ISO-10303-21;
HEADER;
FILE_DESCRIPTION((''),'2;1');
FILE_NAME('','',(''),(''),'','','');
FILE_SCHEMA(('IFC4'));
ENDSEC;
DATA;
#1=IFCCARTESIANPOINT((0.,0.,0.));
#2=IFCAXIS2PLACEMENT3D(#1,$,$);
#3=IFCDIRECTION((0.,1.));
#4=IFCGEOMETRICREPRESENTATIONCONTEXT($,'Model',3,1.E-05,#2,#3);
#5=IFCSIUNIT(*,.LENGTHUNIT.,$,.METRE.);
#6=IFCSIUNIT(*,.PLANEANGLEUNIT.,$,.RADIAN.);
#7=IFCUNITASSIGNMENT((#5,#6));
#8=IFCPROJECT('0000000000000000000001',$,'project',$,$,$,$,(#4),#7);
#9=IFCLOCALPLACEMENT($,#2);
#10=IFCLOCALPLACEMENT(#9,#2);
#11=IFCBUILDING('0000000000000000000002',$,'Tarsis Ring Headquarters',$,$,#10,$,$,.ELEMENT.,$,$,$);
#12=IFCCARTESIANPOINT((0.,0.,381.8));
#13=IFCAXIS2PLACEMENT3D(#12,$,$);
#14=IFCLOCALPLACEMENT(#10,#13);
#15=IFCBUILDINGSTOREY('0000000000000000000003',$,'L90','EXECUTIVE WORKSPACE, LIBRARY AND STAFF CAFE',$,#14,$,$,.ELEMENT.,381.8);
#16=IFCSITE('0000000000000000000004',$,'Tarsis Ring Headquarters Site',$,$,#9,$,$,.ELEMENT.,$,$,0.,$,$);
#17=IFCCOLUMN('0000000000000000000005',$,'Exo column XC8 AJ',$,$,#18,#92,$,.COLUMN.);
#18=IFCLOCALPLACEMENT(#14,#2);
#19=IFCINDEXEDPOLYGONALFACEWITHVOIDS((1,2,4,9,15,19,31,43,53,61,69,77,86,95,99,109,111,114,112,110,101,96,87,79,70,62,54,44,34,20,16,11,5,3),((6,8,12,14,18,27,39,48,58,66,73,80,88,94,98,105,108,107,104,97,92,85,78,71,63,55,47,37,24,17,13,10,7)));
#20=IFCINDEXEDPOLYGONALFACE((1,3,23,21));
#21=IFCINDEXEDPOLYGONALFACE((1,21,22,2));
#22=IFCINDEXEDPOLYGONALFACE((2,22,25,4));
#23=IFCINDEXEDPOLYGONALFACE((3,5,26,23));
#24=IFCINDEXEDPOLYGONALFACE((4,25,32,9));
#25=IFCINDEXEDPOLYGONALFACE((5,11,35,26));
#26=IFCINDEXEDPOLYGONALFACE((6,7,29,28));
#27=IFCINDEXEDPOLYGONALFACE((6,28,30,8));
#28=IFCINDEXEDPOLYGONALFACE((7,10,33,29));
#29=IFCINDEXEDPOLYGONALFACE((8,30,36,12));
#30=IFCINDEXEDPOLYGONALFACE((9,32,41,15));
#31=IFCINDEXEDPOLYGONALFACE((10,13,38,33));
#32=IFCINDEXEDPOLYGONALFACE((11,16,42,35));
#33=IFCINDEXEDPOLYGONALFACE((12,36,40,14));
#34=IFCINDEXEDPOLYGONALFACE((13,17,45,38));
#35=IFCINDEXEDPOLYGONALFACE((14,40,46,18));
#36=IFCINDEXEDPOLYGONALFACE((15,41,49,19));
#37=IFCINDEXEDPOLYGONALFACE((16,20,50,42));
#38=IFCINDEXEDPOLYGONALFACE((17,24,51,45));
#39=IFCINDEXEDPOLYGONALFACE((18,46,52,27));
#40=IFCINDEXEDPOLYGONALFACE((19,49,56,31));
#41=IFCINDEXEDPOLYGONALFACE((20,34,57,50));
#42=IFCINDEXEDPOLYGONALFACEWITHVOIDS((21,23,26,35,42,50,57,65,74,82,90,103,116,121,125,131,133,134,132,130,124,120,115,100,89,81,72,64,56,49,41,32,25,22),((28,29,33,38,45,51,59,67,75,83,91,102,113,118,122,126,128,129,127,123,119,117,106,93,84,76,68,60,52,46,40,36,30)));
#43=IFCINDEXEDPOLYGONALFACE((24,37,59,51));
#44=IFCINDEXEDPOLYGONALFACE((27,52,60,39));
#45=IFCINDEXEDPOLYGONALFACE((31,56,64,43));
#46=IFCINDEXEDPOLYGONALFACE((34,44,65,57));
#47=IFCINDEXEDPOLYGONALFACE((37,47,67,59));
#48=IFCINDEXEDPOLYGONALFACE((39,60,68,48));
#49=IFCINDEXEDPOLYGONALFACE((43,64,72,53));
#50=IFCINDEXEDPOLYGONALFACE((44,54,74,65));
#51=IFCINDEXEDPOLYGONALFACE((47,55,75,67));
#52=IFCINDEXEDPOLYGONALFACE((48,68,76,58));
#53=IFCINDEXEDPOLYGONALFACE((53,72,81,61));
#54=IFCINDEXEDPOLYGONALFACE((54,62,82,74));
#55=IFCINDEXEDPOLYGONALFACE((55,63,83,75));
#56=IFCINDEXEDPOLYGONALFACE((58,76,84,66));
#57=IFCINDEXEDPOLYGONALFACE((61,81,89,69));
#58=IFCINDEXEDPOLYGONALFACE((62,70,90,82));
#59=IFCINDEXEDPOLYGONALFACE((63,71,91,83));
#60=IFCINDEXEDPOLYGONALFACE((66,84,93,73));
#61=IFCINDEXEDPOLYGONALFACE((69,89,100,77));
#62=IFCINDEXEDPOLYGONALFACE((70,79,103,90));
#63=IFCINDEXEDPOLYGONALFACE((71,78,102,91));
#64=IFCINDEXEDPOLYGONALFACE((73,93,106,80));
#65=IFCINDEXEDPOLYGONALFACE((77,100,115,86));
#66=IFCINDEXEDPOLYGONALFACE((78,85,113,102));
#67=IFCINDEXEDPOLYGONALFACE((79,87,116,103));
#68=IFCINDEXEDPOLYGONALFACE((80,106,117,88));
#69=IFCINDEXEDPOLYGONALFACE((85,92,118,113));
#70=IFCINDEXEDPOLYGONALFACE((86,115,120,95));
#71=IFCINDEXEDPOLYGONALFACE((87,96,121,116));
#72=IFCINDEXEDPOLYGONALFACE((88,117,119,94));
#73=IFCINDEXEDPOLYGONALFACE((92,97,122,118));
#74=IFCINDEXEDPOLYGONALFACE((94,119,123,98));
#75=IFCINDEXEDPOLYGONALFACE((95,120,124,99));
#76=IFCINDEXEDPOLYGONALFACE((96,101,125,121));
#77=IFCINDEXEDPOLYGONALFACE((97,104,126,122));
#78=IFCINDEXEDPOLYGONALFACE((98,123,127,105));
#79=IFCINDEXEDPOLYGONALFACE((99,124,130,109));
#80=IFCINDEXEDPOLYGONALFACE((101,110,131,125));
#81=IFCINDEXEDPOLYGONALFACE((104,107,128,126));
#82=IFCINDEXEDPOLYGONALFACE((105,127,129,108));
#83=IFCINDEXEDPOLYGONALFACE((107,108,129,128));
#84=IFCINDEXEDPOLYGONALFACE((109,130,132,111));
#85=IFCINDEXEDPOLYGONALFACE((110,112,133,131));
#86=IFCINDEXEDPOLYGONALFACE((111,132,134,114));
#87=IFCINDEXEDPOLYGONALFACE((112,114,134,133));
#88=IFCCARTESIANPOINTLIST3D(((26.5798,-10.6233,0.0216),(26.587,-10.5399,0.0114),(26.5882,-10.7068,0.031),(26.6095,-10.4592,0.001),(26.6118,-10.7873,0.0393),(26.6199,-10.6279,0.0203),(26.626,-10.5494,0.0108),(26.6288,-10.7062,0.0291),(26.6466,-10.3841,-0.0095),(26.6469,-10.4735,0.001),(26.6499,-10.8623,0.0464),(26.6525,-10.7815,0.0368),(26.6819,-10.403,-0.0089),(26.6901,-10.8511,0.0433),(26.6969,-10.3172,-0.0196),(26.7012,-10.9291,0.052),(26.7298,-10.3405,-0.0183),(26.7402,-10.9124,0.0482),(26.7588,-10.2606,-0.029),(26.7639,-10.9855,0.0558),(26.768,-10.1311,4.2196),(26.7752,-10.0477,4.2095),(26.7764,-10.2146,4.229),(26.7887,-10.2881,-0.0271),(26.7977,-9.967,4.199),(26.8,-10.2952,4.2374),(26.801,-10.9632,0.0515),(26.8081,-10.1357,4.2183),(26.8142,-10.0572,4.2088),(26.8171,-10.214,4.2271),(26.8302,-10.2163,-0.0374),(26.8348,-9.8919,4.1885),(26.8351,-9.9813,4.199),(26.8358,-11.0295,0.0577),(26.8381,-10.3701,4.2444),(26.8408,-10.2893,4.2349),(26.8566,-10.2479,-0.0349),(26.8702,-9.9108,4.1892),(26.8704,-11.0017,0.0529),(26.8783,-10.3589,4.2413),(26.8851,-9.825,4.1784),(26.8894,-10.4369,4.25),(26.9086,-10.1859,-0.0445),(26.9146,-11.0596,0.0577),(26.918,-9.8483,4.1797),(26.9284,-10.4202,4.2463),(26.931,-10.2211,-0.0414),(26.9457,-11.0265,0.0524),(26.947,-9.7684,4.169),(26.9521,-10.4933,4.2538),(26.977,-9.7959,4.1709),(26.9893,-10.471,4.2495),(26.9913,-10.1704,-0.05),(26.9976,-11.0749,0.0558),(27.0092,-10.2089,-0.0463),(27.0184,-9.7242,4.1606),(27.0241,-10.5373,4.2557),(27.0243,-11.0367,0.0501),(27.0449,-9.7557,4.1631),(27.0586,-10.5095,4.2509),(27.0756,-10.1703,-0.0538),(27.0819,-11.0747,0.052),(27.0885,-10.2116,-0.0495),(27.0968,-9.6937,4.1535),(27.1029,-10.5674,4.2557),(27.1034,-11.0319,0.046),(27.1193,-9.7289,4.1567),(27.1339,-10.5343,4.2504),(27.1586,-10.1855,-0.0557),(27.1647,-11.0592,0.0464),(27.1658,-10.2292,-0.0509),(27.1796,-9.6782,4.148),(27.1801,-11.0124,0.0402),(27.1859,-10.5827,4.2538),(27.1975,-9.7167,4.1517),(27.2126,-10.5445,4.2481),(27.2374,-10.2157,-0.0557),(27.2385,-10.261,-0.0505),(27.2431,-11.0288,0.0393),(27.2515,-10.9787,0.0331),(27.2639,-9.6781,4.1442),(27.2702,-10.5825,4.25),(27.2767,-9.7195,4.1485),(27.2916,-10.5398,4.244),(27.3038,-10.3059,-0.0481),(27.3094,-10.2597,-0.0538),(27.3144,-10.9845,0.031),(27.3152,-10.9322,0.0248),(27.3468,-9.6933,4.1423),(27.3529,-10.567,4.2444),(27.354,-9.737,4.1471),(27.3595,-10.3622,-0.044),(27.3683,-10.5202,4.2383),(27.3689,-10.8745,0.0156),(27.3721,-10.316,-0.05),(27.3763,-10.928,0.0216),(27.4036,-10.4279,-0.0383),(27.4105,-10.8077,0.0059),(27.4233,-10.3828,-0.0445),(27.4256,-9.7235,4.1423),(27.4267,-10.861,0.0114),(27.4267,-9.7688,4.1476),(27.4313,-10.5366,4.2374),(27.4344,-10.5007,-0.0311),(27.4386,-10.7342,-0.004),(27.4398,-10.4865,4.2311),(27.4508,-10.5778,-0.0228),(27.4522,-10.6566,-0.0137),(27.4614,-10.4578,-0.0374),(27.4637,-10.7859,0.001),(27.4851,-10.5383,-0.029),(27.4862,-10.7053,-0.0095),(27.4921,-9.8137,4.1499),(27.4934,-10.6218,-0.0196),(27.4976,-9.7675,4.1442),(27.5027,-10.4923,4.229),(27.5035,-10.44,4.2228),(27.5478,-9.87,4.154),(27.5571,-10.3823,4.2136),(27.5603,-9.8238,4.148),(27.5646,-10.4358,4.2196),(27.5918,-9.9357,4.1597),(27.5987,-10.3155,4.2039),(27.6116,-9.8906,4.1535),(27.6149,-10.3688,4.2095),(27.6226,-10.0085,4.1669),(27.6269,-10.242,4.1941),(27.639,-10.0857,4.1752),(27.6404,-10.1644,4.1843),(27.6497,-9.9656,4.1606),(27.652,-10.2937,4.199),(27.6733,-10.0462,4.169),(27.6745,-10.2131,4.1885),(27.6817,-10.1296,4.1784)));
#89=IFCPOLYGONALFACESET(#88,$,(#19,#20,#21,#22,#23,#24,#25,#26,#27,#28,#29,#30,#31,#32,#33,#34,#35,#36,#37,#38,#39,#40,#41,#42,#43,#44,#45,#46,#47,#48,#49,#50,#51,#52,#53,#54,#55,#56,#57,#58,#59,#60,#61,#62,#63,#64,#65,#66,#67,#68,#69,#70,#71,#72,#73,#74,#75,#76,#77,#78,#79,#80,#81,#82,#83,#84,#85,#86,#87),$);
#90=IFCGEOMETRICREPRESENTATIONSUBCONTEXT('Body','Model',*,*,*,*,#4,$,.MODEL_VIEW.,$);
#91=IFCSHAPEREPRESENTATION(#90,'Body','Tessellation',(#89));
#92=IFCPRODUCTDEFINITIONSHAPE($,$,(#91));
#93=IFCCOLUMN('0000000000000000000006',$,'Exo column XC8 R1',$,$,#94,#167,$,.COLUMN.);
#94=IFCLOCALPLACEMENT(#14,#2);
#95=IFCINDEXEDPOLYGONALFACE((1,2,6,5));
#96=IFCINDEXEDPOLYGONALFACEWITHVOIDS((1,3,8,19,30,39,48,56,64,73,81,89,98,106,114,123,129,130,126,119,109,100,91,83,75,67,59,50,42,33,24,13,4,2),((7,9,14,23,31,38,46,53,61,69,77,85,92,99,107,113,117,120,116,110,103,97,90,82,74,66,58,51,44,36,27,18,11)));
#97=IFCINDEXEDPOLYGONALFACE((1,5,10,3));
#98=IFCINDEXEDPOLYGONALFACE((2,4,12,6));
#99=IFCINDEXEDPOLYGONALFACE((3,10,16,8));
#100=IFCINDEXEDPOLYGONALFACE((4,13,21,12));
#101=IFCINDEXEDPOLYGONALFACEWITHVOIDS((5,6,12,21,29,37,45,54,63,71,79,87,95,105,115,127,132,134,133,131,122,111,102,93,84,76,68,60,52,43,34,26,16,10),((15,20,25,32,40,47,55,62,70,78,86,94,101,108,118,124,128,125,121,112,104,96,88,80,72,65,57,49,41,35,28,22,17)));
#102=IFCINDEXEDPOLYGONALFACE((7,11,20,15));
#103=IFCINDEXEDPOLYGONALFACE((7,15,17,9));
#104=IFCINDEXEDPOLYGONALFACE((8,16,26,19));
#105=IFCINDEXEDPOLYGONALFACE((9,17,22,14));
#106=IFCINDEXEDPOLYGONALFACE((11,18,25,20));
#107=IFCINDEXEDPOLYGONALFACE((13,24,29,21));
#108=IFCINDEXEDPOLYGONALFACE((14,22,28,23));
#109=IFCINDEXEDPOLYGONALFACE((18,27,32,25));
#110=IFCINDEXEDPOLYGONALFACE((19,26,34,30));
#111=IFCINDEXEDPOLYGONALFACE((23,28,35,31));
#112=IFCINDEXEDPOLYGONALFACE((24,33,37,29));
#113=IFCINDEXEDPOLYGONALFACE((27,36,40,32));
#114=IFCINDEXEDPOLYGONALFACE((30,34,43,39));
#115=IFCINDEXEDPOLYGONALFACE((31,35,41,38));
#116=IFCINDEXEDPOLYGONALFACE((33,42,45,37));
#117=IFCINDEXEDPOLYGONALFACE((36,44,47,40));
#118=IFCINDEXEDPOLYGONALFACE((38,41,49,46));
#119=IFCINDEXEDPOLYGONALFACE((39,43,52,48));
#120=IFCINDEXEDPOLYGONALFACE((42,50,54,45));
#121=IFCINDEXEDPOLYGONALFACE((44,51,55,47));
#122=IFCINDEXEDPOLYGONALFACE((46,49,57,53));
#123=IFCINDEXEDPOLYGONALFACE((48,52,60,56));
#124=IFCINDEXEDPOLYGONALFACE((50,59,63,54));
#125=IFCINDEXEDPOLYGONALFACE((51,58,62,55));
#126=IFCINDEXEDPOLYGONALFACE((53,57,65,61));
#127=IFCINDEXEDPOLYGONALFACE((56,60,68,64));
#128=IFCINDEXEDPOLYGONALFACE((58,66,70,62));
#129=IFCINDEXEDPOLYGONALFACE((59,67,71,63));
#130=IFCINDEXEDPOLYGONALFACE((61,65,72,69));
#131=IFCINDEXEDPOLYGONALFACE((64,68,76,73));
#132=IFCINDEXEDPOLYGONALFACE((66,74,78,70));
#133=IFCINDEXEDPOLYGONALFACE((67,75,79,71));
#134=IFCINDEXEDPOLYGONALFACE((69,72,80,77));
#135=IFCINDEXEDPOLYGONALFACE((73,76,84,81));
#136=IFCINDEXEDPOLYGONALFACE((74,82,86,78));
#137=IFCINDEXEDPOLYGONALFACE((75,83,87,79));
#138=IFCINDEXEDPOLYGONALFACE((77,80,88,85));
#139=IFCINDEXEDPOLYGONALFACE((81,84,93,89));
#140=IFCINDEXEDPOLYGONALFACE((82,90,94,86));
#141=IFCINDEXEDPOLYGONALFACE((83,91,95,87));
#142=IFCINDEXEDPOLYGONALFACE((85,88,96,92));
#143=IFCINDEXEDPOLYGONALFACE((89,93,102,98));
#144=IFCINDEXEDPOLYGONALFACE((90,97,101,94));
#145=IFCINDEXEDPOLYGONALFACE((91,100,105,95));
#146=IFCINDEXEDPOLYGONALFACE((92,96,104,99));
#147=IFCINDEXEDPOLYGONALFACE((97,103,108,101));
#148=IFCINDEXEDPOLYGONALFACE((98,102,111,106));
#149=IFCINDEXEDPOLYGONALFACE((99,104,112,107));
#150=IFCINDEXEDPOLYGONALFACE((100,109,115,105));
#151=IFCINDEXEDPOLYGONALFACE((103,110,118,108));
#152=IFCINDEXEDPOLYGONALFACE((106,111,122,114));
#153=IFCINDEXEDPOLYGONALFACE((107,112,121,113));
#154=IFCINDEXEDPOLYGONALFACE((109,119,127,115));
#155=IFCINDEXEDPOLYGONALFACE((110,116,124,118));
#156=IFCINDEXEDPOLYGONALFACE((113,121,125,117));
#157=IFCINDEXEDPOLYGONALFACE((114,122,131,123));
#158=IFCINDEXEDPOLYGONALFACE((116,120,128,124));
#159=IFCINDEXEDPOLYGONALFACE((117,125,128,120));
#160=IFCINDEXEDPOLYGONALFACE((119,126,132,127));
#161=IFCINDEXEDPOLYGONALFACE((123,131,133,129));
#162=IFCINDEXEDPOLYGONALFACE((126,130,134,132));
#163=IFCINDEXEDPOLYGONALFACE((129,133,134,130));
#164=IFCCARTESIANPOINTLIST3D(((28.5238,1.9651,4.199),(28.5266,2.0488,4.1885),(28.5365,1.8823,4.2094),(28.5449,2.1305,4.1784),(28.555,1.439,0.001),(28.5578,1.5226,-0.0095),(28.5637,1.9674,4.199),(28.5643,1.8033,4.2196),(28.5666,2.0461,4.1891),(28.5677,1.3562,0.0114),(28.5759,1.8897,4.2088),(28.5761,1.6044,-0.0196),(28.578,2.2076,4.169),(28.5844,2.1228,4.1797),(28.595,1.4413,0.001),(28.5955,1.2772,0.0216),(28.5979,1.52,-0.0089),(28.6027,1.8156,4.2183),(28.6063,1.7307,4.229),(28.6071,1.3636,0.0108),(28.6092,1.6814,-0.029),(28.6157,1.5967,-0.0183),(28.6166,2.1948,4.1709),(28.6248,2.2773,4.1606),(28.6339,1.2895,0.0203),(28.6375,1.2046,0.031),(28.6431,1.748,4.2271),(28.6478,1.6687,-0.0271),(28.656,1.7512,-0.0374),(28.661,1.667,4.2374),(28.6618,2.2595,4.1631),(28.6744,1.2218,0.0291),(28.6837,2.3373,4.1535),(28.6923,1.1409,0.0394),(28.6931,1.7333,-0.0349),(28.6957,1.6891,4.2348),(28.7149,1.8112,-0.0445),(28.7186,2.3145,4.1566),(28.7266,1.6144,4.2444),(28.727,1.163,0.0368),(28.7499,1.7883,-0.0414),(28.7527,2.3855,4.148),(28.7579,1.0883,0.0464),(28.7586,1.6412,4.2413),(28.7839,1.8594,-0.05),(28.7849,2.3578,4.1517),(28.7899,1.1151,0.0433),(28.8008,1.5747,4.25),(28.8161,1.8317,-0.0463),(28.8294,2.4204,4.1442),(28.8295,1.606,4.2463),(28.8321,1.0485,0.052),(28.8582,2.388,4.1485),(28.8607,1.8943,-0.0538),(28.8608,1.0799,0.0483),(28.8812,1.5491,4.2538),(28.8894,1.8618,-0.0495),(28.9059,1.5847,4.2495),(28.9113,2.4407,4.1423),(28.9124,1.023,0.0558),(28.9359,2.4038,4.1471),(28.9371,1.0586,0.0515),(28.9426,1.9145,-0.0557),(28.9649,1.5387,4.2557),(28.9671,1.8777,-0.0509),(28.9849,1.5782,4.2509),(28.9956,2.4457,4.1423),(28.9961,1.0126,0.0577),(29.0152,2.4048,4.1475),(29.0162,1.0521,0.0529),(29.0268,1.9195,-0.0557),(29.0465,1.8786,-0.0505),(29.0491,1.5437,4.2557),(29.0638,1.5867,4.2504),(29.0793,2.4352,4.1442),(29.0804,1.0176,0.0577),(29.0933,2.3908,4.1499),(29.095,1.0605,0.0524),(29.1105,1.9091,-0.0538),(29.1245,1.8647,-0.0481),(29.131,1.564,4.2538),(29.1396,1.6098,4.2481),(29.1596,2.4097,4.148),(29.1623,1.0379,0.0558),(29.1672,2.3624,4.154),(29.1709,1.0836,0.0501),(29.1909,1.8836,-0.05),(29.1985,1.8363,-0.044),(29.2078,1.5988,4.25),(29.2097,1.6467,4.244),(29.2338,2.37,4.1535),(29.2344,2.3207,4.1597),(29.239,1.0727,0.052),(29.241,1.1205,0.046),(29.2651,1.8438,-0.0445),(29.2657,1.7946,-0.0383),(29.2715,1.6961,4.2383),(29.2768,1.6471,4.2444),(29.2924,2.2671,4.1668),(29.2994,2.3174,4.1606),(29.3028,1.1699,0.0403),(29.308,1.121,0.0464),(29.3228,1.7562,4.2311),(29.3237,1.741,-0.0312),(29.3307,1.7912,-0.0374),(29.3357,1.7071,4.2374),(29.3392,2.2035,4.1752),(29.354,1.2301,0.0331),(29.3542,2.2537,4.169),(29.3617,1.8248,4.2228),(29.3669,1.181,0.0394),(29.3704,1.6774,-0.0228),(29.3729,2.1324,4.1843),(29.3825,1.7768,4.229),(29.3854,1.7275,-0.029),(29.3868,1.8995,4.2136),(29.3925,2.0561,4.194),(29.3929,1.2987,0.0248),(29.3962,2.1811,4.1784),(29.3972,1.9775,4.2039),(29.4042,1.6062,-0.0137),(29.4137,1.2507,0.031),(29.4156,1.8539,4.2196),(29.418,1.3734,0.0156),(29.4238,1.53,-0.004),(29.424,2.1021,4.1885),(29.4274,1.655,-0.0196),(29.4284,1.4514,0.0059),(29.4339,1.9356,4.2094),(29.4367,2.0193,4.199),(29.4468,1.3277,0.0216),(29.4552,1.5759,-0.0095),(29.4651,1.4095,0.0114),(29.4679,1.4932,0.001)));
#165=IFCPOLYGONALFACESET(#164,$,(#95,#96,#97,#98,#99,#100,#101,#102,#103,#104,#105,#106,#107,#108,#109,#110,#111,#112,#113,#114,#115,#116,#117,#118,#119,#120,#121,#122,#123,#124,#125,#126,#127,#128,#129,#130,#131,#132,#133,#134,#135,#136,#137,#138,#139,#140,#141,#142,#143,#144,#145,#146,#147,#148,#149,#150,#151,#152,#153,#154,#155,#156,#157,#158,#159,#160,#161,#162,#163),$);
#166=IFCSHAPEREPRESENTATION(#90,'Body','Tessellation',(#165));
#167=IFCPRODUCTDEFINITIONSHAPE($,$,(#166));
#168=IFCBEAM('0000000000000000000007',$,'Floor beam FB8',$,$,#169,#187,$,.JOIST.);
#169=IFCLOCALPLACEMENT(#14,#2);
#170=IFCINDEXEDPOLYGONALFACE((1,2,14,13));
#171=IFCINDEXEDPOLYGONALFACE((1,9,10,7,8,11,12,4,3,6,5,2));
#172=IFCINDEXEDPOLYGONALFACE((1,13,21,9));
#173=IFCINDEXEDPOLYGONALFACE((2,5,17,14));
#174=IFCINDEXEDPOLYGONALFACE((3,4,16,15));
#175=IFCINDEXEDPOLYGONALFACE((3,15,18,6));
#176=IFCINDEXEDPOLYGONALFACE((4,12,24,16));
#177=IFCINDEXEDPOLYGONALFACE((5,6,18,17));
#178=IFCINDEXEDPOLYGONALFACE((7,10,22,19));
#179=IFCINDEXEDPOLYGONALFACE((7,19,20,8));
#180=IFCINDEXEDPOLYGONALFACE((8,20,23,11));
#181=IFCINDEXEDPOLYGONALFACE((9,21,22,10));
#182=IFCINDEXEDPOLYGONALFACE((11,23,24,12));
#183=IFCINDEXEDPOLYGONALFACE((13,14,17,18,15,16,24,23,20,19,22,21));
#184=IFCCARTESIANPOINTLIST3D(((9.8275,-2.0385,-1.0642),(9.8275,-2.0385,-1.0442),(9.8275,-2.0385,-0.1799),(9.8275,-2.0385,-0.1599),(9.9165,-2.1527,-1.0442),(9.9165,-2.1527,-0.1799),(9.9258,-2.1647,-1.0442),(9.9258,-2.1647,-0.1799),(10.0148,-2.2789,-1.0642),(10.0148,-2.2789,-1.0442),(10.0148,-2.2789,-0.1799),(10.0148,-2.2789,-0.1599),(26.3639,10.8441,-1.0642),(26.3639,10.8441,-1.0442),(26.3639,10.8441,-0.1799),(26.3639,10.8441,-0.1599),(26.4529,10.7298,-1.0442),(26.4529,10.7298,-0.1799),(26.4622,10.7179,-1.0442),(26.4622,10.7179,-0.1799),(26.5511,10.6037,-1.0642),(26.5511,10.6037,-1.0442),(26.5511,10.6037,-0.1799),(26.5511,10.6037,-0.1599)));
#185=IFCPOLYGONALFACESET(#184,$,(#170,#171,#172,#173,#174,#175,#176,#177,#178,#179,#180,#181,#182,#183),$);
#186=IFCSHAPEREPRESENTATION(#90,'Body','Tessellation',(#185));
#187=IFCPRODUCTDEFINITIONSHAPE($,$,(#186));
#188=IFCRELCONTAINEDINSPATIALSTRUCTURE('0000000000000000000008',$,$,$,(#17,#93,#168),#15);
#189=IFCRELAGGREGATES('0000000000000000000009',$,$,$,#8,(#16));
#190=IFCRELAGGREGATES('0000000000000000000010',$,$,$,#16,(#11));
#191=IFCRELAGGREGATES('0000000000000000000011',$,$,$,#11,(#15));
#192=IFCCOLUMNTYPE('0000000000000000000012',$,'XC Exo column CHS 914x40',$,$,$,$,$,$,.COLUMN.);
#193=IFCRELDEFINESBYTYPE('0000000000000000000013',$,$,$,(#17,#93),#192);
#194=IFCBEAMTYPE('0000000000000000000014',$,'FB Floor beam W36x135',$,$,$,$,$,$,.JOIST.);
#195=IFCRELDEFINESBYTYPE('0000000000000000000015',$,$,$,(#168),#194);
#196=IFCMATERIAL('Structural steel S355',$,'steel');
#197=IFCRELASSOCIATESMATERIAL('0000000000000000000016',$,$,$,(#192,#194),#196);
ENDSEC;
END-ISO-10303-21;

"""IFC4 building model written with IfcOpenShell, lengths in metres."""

from ifc_helpers import new_model, si_unit, direction, frame, origin, origin_2d, place, context, subcontext, project, spatial, hollow_circle, i_section, extrude, material, material_profile, profile_set, type_object, element, save


model = new_model("IFC4")

# Units and contexts
model_context = context("Model", 3, precision=1e-05, world=origin(), true_north=direction((0.0, 1.0)))
body_context = subcontext(model_context, "Body", "Model", "MODEL_VIEW")
ifc_project = project(units=[si_unit("LENGTHUNIT", "METRE"), si_unit("PLANEANGLEUNIT", "RADIAN")], contexts=[model_context])

# Site, building, storey
site_placement = place(None, origin())
site = spatial("IfcSite", under=ifc_project, at=site_placement, Name="Tarsis Ring Headquarters Site", CompositionType="ELEMENT", RefElevation=0.0)
building_placement = place(site_placement, origin())
building = spatial("IfcBuilding", under=site, at=building_placement, Name="Tarsis Ring Headquarters", CompositionType="ELEMENT")
storey_placement = place(building_placement, frame((0.0, 0.0, 381.8)))
storey = spatial("IfcBuildingStorey", under=building, at=storey_placement, Name="L90", Description="EXECUTIVE WORKSPACE, LIBRARY AND STAFF CAFE", CompositionType="ELEMENT", Elevation=381.8)

# Columns
ifc_material_1 = material(Name="Structural steel S355", Category="steel")
ifc_material_profile_1 = material_profile(ifc_material_1, hollow_circle(Radius=0.457, WallThickness=0.04, at=origin_2d()), Name="CHS 914x40")
ifc_profile_set_1 = profile_set([ifc_material_profile_1], Name="Structural steel S355")
column_type = type_object("IfcColumnType", Name="XC Exo column CHS 914x40", PredefinedType="COLUMN", material=ifc_profile_set_1)
for number, where, z_axis, x_axis, name in (
    (1, (27.0366, -10.6226, 0.001), (0.044489, 0.11633, 0.992214), (-0.934025, 0.357209, 0.0), "Exo column XC8 AJ"),
    (2, (29.0115, 1.4661, 0.001), (-0.007386, 0.124351, 0.992211), (-0.998241, -0.059292, 0.0), "Exo column XC8 R1"),
):
    element("IfcColumn", number, at=place(storey_placement, frame(where, z_axis=z_axis, x_axis=x_axis)), inside=storey, type_object=column_type, Name=name, PredefinedType="COLUMN", context=body_context, shape_type="SweptSolid", body=[
        extrude(hollow_circle(Radius=0.4573, WallThickness=0.04, at=origin_2d()), origin(), (0.0, 0.0, 1.0), 4.231),
    ])

# Beam
ifc_material_profile_2 = material_profile(ifc_material_1, i_section(OverallWidth=0.3047, OverallDepth=0.9043, WebThickness=0.0151, FlangeThickness=0.02, at=origin_2d()), Name="W36x135")
ifc_profile_set_2 = profile_set([ifc_material_profile_2], Name="Structural steel S355")
beam_type_1 = type_object("IfcBeamType", Name="FB Floor beam W36x135", PredefinedType="JOIST", material=ifc_profile_set_2)
beam_1_placement = place(storey_placement, frame((9.9211, -2.1587, -0.6121), z_axis=(0.788868, 0.614563, 0.0), x_axis=(-0.614563, 0.788868, 0.0)))
element("IfcBeam", 3, at=beam_1_placement, inside=storey, type_object=beam_type_1, Name="Floor beam FB8", PredefinedType="JOIST", context=body_context, shape_type="SweptSolid", body=[
    extrude(i_section(OverallWidth=0.3047, OverallDepth=0.9043, WebThickness=0.0151, FlangeThickness=0.02, at=origin_2d()), origin(), (0.0, 0.0, 1.0), 20.9622),
])

save(model, "model.ifc")
